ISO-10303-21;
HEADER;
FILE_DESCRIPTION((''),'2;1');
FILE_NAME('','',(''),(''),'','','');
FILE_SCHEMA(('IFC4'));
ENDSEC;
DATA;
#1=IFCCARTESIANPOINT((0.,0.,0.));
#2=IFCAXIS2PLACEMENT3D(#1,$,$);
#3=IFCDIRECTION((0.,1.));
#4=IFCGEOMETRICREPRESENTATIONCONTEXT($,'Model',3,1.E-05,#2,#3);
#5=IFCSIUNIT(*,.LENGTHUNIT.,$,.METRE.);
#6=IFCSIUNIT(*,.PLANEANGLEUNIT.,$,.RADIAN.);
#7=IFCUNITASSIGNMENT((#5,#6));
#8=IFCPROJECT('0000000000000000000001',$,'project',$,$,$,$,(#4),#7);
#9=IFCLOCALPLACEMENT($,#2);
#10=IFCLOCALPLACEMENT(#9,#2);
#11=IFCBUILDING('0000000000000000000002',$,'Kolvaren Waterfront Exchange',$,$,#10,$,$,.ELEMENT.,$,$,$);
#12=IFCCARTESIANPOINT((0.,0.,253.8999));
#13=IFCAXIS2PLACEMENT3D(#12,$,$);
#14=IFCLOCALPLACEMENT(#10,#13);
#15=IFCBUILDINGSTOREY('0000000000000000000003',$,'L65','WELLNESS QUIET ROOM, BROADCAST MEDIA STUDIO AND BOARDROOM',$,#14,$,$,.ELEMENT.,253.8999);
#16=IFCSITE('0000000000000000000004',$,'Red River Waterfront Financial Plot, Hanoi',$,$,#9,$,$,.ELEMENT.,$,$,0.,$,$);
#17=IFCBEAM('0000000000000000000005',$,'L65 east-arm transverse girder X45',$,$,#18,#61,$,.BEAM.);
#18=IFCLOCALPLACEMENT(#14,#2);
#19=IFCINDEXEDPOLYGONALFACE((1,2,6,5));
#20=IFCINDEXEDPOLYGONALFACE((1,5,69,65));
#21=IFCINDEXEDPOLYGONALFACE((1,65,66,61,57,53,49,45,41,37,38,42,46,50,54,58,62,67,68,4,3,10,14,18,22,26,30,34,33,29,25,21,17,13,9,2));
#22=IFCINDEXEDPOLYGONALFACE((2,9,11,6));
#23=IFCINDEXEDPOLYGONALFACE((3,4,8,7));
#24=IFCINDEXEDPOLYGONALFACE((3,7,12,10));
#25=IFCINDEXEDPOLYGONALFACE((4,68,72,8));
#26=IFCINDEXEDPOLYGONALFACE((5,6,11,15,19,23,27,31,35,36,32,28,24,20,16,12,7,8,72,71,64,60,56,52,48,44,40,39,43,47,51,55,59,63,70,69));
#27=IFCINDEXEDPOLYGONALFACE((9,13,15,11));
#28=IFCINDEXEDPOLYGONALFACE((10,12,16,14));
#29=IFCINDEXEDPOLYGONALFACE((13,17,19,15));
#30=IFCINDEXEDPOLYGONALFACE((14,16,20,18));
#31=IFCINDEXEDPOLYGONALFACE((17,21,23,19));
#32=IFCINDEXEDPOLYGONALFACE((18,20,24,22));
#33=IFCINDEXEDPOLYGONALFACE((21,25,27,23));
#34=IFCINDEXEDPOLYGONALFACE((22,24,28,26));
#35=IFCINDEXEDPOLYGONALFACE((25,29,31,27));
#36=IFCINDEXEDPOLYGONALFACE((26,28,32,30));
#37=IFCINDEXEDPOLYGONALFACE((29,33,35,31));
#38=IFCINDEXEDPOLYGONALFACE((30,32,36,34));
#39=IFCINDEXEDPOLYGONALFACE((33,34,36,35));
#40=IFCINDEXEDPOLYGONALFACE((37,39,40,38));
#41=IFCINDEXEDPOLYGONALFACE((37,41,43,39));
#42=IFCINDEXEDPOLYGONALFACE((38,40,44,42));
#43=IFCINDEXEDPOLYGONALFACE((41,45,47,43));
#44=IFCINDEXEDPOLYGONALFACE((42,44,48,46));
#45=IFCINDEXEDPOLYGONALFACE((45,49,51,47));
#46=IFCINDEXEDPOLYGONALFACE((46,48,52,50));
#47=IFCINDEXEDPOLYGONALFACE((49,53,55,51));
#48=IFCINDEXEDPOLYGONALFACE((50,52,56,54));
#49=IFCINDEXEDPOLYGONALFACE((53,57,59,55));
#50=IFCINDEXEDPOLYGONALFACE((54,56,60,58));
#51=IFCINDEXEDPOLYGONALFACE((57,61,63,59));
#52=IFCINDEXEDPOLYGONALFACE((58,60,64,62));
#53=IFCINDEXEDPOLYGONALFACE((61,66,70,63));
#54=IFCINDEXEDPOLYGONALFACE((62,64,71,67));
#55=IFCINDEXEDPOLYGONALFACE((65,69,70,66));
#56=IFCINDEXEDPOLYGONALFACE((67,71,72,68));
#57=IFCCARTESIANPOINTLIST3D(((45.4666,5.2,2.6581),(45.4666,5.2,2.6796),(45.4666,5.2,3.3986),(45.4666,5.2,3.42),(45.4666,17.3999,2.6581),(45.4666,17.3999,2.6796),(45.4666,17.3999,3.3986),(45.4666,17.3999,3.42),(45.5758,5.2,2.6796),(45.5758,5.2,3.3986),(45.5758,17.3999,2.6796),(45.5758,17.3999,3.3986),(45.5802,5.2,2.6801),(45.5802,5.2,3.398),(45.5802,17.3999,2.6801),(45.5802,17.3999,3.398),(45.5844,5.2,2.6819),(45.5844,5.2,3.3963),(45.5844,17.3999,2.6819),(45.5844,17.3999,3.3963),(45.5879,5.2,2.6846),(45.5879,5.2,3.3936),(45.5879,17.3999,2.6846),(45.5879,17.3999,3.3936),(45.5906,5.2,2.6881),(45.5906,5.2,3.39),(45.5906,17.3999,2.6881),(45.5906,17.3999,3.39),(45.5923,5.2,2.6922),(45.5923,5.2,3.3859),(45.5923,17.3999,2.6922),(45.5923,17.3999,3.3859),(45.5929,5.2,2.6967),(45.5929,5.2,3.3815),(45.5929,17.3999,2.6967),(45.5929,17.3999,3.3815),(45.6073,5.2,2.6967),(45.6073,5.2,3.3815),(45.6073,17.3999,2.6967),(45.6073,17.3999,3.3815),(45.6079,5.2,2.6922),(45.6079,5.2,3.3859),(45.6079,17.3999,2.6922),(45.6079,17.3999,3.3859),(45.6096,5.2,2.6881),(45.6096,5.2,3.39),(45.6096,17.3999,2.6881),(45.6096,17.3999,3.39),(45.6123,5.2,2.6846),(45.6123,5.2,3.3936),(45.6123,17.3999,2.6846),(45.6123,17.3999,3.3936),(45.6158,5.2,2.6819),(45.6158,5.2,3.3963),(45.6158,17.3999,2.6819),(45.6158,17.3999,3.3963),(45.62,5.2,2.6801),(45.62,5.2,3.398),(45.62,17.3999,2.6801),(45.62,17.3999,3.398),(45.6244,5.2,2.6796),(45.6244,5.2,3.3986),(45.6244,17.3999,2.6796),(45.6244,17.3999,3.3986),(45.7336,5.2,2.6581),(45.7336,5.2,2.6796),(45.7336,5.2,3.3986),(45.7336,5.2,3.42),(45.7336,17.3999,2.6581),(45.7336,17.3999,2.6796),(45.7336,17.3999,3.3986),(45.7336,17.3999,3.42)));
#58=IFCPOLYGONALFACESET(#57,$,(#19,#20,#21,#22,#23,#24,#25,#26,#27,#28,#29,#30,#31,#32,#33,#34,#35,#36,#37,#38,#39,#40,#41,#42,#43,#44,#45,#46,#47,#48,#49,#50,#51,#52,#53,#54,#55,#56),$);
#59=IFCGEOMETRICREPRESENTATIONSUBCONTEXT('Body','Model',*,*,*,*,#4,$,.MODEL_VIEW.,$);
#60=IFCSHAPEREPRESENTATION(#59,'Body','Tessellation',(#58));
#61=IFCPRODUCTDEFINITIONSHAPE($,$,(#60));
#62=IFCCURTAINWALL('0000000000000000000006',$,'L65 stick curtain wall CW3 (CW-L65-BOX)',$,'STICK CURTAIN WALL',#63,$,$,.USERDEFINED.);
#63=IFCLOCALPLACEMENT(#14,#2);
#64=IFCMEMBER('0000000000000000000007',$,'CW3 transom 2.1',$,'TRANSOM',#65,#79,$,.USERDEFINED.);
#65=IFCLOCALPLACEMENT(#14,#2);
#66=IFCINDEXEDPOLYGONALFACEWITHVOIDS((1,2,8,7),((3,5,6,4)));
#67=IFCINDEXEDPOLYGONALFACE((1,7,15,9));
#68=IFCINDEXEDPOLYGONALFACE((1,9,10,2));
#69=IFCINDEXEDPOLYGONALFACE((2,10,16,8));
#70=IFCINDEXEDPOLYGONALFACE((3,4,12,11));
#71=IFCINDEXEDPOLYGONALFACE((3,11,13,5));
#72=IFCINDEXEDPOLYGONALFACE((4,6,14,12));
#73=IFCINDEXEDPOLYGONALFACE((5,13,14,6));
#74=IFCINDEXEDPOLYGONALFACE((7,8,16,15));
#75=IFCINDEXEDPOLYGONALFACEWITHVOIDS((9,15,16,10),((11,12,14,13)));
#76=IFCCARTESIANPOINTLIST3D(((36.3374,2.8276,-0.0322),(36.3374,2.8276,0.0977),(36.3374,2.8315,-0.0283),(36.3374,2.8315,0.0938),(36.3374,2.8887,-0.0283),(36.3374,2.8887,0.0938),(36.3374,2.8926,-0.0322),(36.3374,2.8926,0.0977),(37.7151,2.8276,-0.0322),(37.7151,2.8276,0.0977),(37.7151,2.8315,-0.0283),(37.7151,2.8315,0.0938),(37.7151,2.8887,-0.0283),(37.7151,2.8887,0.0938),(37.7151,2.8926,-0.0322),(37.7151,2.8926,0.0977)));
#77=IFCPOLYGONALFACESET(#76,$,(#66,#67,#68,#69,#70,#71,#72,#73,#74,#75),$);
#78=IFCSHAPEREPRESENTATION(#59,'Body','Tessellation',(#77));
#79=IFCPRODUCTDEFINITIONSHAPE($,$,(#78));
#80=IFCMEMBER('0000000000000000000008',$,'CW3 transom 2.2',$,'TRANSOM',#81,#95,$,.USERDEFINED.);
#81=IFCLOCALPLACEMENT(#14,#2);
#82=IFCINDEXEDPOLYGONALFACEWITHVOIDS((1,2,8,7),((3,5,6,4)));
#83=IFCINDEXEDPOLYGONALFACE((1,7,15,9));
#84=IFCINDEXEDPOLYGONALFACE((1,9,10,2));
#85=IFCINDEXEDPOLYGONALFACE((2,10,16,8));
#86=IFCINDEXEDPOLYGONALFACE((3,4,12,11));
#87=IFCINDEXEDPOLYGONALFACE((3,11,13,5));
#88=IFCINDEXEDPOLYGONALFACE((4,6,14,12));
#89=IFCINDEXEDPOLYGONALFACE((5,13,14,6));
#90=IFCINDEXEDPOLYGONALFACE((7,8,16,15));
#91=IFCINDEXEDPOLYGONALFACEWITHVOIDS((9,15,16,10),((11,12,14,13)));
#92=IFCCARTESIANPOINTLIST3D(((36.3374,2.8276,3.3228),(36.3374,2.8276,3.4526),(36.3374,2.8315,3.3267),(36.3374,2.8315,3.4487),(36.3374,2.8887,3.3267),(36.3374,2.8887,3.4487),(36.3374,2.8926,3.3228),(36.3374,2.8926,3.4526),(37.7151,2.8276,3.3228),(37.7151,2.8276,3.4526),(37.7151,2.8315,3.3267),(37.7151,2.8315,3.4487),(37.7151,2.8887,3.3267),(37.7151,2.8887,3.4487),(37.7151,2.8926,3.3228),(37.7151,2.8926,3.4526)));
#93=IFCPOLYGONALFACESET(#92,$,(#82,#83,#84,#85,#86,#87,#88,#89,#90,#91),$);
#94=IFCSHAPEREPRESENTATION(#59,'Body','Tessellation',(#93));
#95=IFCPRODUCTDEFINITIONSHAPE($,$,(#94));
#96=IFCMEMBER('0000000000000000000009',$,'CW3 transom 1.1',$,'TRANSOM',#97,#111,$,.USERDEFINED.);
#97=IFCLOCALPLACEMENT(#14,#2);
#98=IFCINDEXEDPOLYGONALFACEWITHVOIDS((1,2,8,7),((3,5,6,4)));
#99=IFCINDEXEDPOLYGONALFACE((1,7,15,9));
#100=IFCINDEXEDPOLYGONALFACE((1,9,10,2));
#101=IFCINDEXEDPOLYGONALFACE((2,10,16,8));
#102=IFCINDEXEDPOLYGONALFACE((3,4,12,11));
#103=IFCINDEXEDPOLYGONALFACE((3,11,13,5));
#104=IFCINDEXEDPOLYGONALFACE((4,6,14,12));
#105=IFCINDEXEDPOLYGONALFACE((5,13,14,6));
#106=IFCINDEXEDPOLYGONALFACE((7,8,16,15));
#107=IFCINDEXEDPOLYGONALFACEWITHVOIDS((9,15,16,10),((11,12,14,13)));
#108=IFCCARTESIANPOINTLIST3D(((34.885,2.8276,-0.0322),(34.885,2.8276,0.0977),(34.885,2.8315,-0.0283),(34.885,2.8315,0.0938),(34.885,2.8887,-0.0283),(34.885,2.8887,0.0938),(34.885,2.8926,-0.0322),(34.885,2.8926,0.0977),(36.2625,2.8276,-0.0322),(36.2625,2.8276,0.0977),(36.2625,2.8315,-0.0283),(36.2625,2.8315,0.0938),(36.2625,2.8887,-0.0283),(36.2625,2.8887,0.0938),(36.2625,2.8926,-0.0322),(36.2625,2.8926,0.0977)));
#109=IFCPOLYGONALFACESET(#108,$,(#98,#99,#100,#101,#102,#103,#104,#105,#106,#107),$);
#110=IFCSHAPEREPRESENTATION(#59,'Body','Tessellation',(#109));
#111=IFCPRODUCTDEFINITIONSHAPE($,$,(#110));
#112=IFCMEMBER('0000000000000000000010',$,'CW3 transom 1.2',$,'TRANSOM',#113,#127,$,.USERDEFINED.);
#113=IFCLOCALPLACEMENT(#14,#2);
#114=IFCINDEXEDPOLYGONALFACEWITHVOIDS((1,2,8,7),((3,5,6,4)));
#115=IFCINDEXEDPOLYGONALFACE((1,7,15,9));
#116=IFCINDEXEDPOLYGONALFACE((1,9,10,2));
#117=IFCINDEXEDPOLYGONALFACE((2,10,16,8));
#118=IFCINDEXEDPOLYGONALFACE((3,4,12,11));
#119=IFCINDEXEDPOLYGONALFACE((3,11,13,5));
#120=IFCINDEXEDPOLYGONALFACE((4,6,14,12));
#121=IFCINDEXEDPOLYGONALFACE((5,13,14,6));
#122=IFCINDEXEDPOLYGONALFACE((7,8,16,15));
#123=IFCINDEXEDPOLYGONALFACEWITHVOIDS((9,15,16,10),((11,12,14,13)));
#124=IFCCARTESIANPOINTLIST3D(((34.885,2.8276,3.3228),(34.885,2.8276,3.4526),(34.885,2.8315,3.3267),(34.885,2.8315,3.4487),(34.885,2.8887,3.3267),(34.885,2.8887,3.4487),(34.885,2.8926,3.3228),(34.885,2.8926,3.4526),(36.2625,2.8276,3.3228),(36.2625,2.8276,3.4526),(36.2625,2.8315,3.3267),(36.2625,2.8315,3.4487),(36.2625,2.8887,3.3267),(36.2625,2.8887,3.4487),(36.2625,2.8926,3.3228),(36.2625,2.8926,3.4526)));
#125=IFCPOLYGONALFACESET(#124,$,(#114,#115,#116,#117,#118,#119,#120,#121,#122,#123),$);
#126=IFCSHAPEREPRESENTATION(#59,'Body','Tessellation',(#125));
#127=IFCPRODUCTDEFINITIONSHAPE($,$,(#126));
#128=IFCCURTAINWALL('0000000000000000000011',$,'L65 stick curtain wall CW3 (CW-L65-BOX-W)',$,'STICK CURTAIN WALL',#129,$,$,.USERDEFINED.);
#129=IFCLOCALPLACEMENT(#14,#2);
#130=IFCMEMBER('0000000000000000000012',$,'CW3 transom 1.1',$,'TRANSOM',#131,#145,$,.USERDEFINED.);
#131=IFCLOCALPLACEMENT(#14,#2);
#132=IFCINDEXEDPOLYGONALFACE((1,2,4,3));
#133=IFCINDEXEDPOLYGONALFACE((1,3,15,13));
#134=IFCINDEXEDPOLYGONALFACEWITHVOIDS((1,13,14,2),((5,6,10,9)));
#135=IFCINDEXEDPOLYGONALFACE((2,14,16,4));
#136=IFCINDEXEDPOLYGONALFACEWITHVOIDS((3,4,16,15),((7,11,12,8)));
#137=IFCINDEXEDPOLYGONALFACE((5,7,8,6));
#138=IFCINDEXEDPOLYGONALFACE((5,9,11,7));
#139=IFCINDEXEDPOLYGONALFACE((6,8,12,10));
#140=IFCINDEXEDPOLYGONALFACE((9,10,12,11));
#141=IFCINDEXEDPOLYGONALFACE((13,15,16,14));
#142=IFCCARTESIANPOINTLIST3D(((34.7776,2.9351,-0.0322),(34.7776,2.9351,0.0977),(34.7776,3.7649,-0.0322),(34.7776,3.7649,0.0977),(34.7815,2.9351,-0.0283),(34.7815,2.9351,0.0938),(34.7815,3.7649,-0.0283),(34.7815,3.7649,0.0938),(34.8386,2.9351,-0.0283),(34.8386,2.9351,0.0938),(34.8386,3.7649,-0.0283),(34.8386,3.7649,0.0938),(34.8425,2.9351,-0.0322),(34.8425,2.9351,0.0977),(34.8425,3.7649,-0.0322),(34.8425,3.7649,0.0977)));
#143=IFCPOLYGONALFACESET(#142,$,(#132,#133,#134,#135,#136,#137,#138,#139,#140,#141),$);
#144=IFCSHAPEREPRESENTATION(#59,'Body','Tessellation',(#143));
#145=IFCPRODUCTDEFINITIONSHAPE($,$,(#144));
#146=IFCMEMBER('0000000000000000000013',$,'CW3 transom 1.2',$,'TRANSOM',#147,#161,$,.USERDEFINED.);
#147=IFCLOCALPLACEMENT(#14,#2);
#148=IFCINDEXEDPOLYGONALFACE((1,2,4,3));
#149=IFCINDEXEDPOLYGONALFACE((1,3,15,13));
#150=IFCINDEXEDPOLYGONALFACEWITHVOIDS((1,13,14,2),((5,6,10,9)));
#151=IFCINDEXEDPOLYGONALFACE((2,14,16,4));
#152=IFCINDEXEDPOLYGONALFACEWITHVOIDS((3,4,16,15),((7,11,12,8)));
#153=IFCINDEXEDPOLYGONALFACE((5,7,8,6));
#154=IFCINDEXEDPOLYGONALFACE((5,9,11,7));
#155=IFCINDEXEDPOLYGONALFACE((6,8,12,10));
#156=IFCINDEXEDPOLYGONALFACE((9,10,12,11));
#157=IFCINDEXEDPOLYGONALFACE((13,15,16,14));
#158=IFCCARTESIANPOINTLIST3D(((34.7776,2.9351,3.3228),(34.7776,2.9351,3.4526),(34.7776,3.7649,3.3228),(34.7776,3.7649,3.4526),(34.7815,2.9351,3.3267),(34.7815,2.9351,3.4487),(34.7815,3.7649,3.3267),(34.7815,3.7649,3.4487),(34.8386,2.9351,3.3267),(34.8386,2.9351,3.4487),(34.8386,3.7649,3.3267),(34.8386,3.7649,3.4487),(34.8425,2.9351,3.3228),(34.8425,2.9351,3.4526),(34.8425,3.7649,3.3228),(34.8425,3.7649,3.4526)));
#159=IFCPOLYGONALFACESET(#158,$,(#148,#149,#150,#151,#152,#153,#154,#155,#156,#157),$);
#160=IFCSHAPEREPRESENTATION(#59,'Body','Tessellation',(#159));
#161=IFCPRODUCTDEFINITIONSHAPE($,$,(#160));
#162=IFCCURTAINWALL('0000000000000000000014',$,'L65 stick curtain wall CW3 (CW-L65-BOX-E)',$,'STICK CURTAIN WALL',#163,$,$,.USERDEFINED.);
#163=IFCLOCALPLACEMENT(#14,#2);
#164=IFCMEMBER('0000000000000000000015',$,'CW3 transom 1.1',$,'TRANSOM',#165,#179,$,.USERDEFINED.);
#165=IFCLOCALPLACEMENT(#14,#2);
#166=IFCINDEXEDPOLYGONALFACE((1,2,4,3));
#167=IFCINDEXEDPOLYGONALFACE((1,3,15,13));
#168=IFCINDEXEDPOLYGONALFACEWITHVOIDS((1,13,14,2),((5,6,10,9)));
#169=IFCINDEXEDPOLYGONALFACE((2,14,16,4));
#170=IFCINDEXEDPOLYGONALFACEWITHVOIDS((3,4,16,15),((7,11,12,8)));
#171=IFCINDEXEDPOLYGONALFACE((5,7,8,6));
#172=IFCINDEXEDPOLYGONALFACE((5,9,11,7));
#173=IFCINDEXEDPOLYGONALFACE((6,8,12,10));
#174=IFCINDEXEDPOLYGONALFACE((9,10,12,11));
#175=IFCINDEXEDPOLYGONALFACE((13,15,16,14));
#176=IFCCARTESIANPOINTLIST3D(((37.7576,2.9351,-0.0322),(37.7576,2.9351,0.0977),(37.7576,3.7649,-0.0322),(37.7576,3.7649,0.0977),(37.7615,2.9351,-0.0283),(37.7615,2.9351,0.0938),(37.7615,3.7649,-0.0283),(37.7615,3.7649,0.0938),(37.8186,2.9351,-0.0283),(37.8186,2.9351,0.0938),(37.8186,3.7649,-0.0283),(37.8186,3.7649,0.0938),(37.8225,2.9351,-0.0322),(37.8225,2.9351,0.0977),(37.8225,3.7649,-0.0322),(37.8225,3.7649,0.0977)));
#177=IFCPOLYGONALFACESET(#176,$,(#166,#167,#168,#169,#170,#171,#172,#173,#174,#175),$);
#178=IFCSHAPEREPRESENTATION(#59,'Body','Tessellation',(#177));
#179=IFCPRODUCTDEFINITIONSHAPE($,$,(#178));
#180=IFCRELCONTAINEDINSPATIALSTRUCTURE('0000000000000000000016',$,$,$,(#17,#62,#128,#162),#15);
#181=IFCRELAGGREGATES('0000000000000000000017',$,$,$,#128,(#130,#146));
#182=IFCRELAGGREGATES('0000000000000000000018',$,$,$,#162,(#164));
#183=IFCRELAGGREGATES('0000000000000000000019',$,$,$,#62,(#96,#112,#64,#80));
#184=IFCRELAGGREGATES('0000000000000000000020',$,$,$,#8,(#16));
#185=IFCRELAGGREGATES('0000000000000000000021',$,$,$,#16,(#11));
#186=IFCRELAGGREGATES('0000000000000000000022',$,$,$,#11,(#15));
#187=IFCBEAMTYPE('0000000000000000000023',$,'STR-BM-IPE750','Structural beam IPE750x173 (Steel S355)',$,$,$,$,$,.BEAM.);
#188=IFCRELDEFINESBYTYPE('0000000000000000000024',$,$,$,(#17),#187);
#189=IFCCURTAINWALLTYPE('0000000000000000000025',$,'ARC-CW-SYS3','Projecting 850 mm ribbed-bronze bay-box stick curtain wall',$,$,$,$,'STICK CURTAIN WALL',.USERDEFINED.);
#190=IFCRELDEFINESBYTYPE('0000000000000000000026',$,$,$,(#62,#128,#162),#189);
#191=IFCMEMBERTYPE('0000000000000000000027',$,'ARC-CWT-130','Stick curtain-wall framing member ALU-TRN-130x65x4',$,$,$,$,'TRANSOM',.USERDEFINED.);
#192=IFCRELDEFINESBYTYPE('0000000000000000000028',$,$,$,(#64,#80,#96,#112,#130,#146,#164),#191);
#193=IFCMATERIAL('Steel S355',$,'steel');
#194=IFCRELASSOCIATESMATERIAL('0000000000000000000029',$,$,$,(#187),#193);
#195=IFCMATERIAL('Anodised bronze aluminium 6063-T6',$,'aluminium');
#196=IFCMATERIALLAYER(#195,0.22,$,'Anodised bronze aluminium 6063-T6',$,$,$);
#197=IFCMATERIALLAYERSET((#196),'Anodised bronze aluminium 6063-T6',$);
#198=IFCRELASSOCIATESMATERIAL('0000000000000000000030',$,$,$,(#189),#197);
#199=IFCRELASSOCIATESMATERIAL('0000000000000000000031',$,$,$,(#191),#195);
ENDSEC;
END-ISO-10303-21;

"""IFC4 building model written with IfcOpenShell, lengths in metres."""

from ifc_helpers import new_model, si_unit, direction, frame, origin, origin_with_axes, origin_2d, place, context, subcontext, project, spatial, hollow_rectangle, i_section, extrude, source, transform, mapped, material, layer, layer_set, material_profile, profile_set, type_object, element, aggregate, save


model = new_model("IFC4")

# Units and contexts
model_context = context("Model", 3, precision=1e-05, world=origin(), true_north=direction((0.0, 1.0)))
body_context = subcontext(model_context, "Body", "Model", "MODEL_VIEW")
ifc_project = project(units=[si_unit("LENGTHUNIT", "METRE"), si_unit("PLANEANGLEUNIT", "RADIAN")], contexts=[model_context])

# Site, building, storey
site_placement = place(None, origin())
site = spatial("IfcSite", under=ifc_project, at=site_placement, Name="Red River Waterfront Financial Plot, Hanoi", CompositionType="ELEMENT", RefElevation=0.0)
building_placement = place(site_placement, origin())
building = spatial("IfcBuilding", under=site, at=building_placement, Name="Kolvaren Waterfront Exchange", CompositionType="ELEMENT")
storey_placement = place(building_placement, frame((0.0, 0.0, 253.8999)))
storey = spatial("IfcBuildingStorey", under=building, at=storey_placement, Name="L65", Description="WELLNESS QUIET ROOM, BROADCAST MEDIA STUDIO AND BOARDROOM", CompositionType="ELEMENT", Elevation=253.8999)

# Beam
ifc_material_1 = material(Name="Steel S355", Category="steel")
ifc_material_profile_1 = material_profile(ifc_material_1, i_section(OverallWidth=0.2671, OverallDepth=0.762, WebThickness=0.0144, FlangeThickness=0.0215, FilletRadius=0.0171, at=origin_2d()), Name="IPE750x173")
ifc_profile_set_1 = profile_set([ifc_material_profile_1], Name="Steel S355")
beam_type_1 = type_object("IfcBeamType", Name="STR-BM-IPE750", Description="Structural beam IPE750x173 (Steel S355)", PredefinedType="BEAM", material=ifc_profile_set_1)
for number, where, z_axis, x_axis, name in (
    (1, (45.6001, 5.2, 3.0391), (0.0, 1.0, 0.0), (-1.0, 0.0, 0.0), "L65 east-arm transverse girder X45"),
):
    element("IfcBeam", number, at=place(storey_placement, frame(where, z_axis=z_axis, x_axis=x_axis)), inside=storey, type_object=beam_type_1, Name=name, PredefinedType="BEAM", context=body_context, shape_type="SweptSolid", body=[
        extrude(i_section(OverallWidth=0.2671, OverallDepth=0.762, WebThickness=0.0144, FlangeThickness=0.0215, FilletRadius=0.0171, at=origin_2d()), origin(), (0.0, 0.0, 1.0), 12.2),
    ])

# Curtain walls, members
ifc_material_2 = material(Name="Anodised bronze aluminium 6063-T6", Category="aluminium")
ifc_layer_1 = layer(ifc_material_2, 0.22, Name="Anodised bronze aluminium 6063-T6")
ifc_layer_set_1 = layer_set([ifc_layer_1], Name="Anodised bronze aluminium 6063-T6")
curtain_wall_type_1 = type_object("IfcCurtainWallType", Name="ARC-CW-SYS3", Description="Projecting 850 mm ribbed-bronze bay-box stick curtain wall", ElementType="STICK CURTAIN WALL", PredefinedType="USERDEFINED", material=ifc_layer_set_1)
curtain_wall_1_placement = place(storey_placement, origin())
curtain_wall_1 = element("IfcCurtainWall", 2, at=curtain_wall_1_placement, inside=storey, type_object=curtain_wall_type_1, Name="L65 stick curtain wall CW3 (CW-L65-BOX)", ObjectType="STICK CURTAIN WALL", PredefinedType="USERDEFINED")
ifc_material_profile_2 = material_profile(ifc_material_2, hollow_rectangle(XDim=0.0649, YDim=0.1299, WallThickness=0.0039, at=origin_2d()), Name="ALU-TRN-130x65x4")
ifc_profile_set_2 = profile_set([ifc_material_profile_2], Name="Anodised bronze aluminium 6063-T6")
member_type_1 = type_object("IfcMemberType", Name="ARC-CWT-130", Description="Stick curtain-wall framing member ALU-TRN-130x65x4", ElementType="TRANSOM", PredefinedType="USERDEFINED", material=ifc_profile_set_2)
shared_shape_1 = source(origin_with_axes(), body_context, "Body", "SweptSolid", [
    extrude(hollow_rectangle(XDim=0.0649, YDim=0.1299, WallThickness=0.0039, at=origin_2d()), origin(), (0.0, 0.0, 1.0), 1.3777),
])
member_1_placement = place(storey_placement, frame((36.3374, 2.8601, 0.0327), z_axis=(1.0, 0.0, 0.0), x_axis=(0.0, 1.0, 0.0)))
member_1 = element("IfcMember", 3, at=member_1_placement, type_object=member_type_1, Name="CW3 transom 2.1", ObjectType="TRANSOM", PredefinedType="USERDEFINED", context=body_context, shape_type="MappedRepresentation", body=[
    mapped(shared_shape_1, transform((0.0, 0.0, 0.0), x_axis=(1.0, 0.0, 0.0), y_axis=(0.0, 1.0, 0.0), z_axis=(0.0, 0.0, 1.0), scale=1.0)),
])
member_2_placement = place(storey_placement, frame((36.3374, 2.8601, 3.3877), z_axis=(1.0, 0.0, 0.0), x_axis=(0.0, 1.0, 0.0)))
member_2 = element("IfcMember", 4, at=member_2_placement, type_object=member_type_1, Name="CW3 transom 2.2", ObjectType="TRANSOM", PredefinedType="USERDEFINED", context=body_context, shape_type="MappedRepresentation", body=[
    mapped(shared_shape_1, transform((0.0, 0.0, 0.0), x_axis=(1.0, 0.0, 0.0), y_axis=(0.0, 1.0, 0.0), z_axis=(0.0, 0.0, 1.0), scale=1.0)),
])
shared_shape_2 = source(origin_with_axes(), body_context, "Body", "SweptSolid", [
    extrude(hollow_rectangle(XDim=0.0649, YDim=0.1299, WallThickness=0.0039, at=origin_2d()), origin(), (0.0, 0.0, 1.0), 1.3774),
])
member_3_placement = place(storey_placement, frame((34.885, 2.8601, 0.0327), z_axis=(1.0, 0.0, 0.0), x_axis=(0.0, 1.0, 0.0)))
member_3 = element("IfcMember", 5, at=member_3_placement, type_object=member_type_1, Name="CW3 transom 1.1", ObjectType="TRANSOM", PredefinedType="USERDEFINED", context=body_context, shape_type="MappedRepresentation", body=[
    mapped(shared_shape_2, transform((0.0, 0.0, 0.0), x_axis=(1.0, 0.0, 0.0), y_axis=(0.0, 1.0, 0.0), z_axis=(0.0, 0.0, 1.0), scale=1.0)),
])
member_4_placement = place(storey_placement, frame((34.885, 2.8601, 3.3877), z_axis=(1.0, 0.0, 0.0), x_axis=(0.0, 1.0, 0.0)))
member_4 = element("IfcMember", 6, at=member_4_placement, type_object=member_type_1, Name="CW3 transom 1.2", ObjectType="TRANSOM", PredefinedType="USERDEFINED", context=body_context, shape_type="MappedRepresentation", body=[
    mapped(shared_shape_2, transform((0.0, 0.0, 0.0), x_axis=(1.0, 0.0, 0.0), y_axis=(0.0, 1.0, 0.0), z_axis=(0.0, 0.0, 1.0), scale=1.0)),
])
curtain_wall_2_placement = place(storey_placement, origin())
curtain_wall_2 = element("IfcCurtainWall", 7, at=curtain_wall_2_placement, inside=storey, type_object=curtain_wall_type_1, Name="L65 stick curtain wall CW3 (CW-L65-BOX-W)", ObjectType="STICK CURTAIN WALL", PredefinedType="USERDEFINED")
shared_shape_3 = source(origin_with_axes(), body_context, "Body", "SweptSolid", [
    extrude(hollow_rectangle(XDim=0.0649, YDim=0.1299, WallThickness=0.0039, at=origin_2d()), origin(), (0.0, 0.0, 1.0), 0.8298),
])
member_5_placement = place(storey_placement, frame((34.8101, 3.7649, 0.0327), z_axis=(0.0, -1.0, 0.0), x_axis=(1.0, 0.0, 0.0)))
member_5 = element("IfcMember", 8, at=member_5_placement, type_object=member_type_1, Name="CW3 transom 1.1", ObjectType="TRANSOM", PredefinedType="USERDEFINED", context=body_context, shape_type="MappedRepresentation", body=[
    mapped(shared_shape_3, transform((0.0, 0.0, 0.0), x_axis=(1.0, 0.0, 0.0), y_axis=(0.0, 1.0, 0.0), z_axis=(0.0, 0.0, 1.0), scale=1.0)),
])
member_6_placement = place(storey_placement, frame((34.8101, 3.7649, 3.3877), z_axis=(0.0, -1.0, 0.0), x_axis=(1.0, 0.0, 0.0)))
member_6 = element("IfcMember", 9, at=member_6_placement, type_object=member_type_1, Name="CW3 transom 1.2", ObjectType="TRANSOM", PredefinedType="USERDEFINED", context=body_context, shape_type="MappedRepresentation", body=[
    mapped(shared_shape_3, transform((0.0, 0.0, 0.0), x_axis=(1.0, 0.0, 0.0), y_axis=(0.0, 1.0, 0.0), z_axis=(0.0, 0.0, 1.0), scale=1.0)),
])
curtain_wall_3_placement = place(storey_placement, origin())
curtain_wall_3 = element("IfcCurtainWall", 10, at=curtain_wall_3_placement, inside=storey, type_object=curtain_wall_type_1, Name="L65 stick curtain wall CW3 (CW-L65-BOX-E)", ObjectType="STICK CURTAIN WALL", PredefinedType="USERDEFINED")
member_7_placement = place(storey_placement, frame((37.79, 2.9351, 0.0327), z_axis=(0.0, 1.0, 0.0), x_axis=(-1.0, 0.0, 0.0)))
member_7 = element("IfcMember", 11, at=member_7_placement, type_object=member_type_1, Name="CW3 transom 1.1", ObjectType="TRANSOM", PredefinedType="USERDEFINED", context=body_context, shape_type="MappedRepresentation", body=[
    mapped(shared_shape_3, transform((0.0, 0.0, 0.0), x_axis=(1.0, 0.0, 0.0), y_axis=(0.0, 1.0, 0.0), z_axis=(0.0, 0.0, 1.0), scale=1.0)),
])

aggregate(curtain_wall_2, [member_5, member_6])
aggregate(curtain_wall_3, [member_7])
aggregate(curtain_wall_1, [member_3, member_4, member_1, member_2])

save(model, "model.ifc")
